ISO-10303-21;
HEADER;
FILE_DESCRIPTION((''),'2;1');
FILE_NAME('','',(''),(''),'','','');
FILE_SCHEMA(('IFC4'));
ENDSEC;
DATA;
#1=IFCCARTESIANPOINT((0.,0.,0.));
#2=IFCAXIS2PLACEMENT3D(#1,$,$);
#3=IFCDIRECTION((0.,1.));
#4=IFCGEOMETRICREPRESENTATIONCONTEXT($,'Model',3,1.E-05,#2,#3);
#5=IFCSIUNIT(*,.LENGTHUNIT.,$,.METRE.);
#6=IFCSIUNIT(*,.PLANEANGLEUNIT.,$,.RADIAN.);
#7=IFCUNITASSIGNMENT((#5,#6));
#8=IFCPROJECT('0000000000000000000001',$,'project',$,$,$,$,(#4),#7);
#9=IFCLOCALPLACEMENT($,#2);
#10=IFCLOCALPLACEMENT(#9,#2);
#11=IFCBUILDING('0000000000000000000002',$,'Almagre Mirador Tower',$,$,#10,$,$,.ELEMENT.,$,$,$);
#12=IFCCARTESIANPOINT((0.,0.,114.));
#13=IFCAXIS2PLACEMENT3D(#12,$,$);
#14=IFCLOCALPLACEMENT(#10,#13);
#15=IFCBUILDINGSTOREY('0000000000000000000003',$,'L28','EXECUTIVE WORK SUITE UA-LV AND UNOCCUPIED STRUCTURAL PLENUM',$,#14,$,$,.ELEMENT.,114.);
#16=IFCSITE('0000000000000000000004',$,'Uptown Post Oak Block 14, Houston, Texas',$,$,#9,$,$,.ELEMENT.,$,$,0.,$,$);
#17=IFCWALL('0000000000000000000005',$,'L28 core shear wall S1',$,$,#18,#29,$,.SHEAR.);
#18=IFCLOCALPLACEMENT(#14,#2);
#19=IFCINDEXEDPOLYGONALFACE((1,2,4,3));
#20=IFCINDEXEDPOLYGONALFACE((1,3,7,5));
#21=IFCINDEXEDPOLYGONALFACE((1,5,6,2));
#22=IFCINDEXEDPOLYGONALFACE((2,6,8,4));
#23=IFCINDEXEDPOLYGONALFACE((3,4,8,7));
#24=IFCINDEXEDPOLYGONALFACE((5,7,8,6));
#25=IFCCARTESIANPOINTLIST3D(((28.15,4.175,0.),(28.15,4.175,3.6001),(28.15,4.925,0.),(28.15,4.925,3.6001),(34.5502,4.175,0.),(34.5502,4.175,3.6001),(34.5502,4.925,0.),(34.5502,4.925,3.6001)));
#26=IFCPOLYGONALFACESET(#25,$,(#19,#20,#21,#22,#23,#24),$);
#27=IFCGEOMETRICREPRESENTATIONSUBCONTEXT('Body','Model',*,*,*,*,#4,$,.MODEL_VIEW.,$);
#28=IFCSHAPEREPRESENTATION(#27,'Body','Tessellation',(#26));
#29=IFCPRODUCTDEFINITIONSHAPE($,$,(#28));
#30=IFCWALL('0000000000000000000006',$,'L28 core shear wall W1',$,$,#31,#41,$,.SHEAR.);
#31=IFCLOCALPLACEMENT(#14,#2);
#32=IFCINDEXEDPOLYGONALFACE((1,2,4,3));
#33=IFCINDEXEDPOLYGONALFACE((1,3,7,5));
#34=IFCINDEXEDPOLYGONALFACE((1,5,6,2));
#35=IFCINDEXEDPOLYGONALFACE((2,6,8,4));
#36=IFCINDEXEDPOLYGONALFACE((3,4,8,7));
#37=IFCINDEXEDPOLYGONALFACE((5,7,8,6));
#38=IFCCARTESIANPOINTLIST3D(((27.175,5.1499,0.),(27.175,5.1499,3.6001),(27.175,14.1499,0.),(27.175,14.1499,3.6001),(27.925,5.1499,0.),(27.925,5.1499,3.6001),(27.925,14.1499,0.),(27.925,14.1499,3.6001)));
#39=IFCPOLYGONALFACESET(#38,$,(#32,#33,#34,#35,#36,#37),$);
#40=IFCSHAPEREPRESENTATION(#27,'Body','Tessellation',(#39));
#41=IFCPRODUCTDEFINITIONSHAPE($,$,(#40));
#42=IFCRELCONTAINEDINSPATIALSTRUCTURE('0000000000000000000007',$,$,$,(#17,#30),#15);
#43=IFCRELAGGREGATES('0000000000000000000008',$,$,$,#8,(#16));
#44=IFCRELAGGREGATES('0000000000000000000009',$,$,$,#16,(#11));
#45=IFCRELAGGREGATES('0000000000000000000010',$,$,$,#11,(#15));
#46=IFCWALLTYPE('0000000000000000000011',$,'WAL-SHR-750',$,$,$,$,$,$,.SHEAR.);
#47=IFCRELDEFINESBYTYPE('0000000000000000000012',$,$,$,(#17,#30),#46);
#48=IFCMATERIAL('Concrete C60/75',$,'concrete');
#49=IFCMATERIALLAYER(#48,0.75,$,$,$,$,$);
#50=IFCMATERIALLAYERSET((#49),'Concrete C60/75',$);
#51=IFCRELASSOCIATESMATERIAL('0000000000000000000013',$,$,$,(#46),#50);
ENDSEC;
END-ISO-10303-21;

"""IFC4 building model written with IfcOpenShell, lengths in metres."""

from ifc_helpers import new_model, si_unit, direction, frame, frame_2d, origin, place, context, subcontext, project, spatial, rectangle, extrude, material, layer, layer_set, type_object, element, save


model = new_model("IFC4")

# Units and contexts
model_context = context("Model", 3, precision=1e-05, world=origin(), true_north=direction((0.0, 1.0)))
body_context = subcontext(model_context, "Body", "Model", "MODEL_VIEW")
ifc_project = project(units=[si_unit("LENGTHUNIT", "METRE"), si_unit("PLANEANGLEUNIT", "RADIAN")], contexts=[model_context])

# Site, building, storey
site_placement = place(None, origin())
site = spatial("IfcSite", under=ifc_project, at=site_placement, Name="Uptown Post Oak Block 14, Houston, Texas", CompositionType="ELEMENT", RefElevation=0.0)
building_placement = place(site_placement, origin())
building = spatial("IfcBuilding", under=site, at=building_placement, Name="Almagre Mirador Tower", CompositionType="ELEMENT")
storey_placement = place(building_placement, frame((0.0, 0.0, 114.0)))
storey = spatial("IfcBuildingStorey", under=building, at=storey_placement, Name="L28", Description="EXECUTIVE WORK SUITE UA-LV AND UNOCCUPIED STRUCTURAL PLENUM", CompositionType="ELEMENT", Elevation=114.0)

# Walls
ifc_material_1 = material(Name="Concrete C60/75", Category="concrete")
ifc_layer_1 = layer(ifc_material_1, 0.75)
ifc_layer_set_1 = layer_set([ifc_layer_1], Name="Concrete C60/75")
wall_type_1 = type_object("IfcWallType", Name="WAL-SHR-750", PredefinedType="SHEAR", material=ifc_layer_set_1)
wall_1_placement = place(storey_placement, frame((28.1499, 4.55, 0.0), z_axis=(0.0, 0.0, 1.0), x_axis=(1.0, 0.0, 0.0)))
element("IfcWall", 1, at=wall_1_placement, inside=storey, type_object=wall_type_1, Name="L28 core shear wall S1", PredefinedType="SHEAR", context=body_context, shape_type="SweptSolid", body=[
    extrude(rectangle(XDim=6.4001, YDim=0.75, at=frame_2d((3.2002, 0.0))), origin(), (0.0, 0.0, 1.0), 3.6001),
])
wall_2_placement = place(storey_placement, frame((27.55, 5.1499, 0.0), z_axis=(0.0, 0.0, 1.0), x_axis=(0.0, 1.0, 0.0)))
element("IfcWall", 2, at=wall_2_placement, inside=storey, type_object=wall_type_1, Name="L28 core shear wall W1", PredefinedType="SHEAR", context=body_context, shape_type="SweptSolid", body=[
    extrude(rectangle(XDim=9.0, YDim=0.75, at=frame_2d((4.5, 0.0))), origin(), (0.0, 0.0, 1.0), 3.6001),
])

save(model, "model.ifc")
